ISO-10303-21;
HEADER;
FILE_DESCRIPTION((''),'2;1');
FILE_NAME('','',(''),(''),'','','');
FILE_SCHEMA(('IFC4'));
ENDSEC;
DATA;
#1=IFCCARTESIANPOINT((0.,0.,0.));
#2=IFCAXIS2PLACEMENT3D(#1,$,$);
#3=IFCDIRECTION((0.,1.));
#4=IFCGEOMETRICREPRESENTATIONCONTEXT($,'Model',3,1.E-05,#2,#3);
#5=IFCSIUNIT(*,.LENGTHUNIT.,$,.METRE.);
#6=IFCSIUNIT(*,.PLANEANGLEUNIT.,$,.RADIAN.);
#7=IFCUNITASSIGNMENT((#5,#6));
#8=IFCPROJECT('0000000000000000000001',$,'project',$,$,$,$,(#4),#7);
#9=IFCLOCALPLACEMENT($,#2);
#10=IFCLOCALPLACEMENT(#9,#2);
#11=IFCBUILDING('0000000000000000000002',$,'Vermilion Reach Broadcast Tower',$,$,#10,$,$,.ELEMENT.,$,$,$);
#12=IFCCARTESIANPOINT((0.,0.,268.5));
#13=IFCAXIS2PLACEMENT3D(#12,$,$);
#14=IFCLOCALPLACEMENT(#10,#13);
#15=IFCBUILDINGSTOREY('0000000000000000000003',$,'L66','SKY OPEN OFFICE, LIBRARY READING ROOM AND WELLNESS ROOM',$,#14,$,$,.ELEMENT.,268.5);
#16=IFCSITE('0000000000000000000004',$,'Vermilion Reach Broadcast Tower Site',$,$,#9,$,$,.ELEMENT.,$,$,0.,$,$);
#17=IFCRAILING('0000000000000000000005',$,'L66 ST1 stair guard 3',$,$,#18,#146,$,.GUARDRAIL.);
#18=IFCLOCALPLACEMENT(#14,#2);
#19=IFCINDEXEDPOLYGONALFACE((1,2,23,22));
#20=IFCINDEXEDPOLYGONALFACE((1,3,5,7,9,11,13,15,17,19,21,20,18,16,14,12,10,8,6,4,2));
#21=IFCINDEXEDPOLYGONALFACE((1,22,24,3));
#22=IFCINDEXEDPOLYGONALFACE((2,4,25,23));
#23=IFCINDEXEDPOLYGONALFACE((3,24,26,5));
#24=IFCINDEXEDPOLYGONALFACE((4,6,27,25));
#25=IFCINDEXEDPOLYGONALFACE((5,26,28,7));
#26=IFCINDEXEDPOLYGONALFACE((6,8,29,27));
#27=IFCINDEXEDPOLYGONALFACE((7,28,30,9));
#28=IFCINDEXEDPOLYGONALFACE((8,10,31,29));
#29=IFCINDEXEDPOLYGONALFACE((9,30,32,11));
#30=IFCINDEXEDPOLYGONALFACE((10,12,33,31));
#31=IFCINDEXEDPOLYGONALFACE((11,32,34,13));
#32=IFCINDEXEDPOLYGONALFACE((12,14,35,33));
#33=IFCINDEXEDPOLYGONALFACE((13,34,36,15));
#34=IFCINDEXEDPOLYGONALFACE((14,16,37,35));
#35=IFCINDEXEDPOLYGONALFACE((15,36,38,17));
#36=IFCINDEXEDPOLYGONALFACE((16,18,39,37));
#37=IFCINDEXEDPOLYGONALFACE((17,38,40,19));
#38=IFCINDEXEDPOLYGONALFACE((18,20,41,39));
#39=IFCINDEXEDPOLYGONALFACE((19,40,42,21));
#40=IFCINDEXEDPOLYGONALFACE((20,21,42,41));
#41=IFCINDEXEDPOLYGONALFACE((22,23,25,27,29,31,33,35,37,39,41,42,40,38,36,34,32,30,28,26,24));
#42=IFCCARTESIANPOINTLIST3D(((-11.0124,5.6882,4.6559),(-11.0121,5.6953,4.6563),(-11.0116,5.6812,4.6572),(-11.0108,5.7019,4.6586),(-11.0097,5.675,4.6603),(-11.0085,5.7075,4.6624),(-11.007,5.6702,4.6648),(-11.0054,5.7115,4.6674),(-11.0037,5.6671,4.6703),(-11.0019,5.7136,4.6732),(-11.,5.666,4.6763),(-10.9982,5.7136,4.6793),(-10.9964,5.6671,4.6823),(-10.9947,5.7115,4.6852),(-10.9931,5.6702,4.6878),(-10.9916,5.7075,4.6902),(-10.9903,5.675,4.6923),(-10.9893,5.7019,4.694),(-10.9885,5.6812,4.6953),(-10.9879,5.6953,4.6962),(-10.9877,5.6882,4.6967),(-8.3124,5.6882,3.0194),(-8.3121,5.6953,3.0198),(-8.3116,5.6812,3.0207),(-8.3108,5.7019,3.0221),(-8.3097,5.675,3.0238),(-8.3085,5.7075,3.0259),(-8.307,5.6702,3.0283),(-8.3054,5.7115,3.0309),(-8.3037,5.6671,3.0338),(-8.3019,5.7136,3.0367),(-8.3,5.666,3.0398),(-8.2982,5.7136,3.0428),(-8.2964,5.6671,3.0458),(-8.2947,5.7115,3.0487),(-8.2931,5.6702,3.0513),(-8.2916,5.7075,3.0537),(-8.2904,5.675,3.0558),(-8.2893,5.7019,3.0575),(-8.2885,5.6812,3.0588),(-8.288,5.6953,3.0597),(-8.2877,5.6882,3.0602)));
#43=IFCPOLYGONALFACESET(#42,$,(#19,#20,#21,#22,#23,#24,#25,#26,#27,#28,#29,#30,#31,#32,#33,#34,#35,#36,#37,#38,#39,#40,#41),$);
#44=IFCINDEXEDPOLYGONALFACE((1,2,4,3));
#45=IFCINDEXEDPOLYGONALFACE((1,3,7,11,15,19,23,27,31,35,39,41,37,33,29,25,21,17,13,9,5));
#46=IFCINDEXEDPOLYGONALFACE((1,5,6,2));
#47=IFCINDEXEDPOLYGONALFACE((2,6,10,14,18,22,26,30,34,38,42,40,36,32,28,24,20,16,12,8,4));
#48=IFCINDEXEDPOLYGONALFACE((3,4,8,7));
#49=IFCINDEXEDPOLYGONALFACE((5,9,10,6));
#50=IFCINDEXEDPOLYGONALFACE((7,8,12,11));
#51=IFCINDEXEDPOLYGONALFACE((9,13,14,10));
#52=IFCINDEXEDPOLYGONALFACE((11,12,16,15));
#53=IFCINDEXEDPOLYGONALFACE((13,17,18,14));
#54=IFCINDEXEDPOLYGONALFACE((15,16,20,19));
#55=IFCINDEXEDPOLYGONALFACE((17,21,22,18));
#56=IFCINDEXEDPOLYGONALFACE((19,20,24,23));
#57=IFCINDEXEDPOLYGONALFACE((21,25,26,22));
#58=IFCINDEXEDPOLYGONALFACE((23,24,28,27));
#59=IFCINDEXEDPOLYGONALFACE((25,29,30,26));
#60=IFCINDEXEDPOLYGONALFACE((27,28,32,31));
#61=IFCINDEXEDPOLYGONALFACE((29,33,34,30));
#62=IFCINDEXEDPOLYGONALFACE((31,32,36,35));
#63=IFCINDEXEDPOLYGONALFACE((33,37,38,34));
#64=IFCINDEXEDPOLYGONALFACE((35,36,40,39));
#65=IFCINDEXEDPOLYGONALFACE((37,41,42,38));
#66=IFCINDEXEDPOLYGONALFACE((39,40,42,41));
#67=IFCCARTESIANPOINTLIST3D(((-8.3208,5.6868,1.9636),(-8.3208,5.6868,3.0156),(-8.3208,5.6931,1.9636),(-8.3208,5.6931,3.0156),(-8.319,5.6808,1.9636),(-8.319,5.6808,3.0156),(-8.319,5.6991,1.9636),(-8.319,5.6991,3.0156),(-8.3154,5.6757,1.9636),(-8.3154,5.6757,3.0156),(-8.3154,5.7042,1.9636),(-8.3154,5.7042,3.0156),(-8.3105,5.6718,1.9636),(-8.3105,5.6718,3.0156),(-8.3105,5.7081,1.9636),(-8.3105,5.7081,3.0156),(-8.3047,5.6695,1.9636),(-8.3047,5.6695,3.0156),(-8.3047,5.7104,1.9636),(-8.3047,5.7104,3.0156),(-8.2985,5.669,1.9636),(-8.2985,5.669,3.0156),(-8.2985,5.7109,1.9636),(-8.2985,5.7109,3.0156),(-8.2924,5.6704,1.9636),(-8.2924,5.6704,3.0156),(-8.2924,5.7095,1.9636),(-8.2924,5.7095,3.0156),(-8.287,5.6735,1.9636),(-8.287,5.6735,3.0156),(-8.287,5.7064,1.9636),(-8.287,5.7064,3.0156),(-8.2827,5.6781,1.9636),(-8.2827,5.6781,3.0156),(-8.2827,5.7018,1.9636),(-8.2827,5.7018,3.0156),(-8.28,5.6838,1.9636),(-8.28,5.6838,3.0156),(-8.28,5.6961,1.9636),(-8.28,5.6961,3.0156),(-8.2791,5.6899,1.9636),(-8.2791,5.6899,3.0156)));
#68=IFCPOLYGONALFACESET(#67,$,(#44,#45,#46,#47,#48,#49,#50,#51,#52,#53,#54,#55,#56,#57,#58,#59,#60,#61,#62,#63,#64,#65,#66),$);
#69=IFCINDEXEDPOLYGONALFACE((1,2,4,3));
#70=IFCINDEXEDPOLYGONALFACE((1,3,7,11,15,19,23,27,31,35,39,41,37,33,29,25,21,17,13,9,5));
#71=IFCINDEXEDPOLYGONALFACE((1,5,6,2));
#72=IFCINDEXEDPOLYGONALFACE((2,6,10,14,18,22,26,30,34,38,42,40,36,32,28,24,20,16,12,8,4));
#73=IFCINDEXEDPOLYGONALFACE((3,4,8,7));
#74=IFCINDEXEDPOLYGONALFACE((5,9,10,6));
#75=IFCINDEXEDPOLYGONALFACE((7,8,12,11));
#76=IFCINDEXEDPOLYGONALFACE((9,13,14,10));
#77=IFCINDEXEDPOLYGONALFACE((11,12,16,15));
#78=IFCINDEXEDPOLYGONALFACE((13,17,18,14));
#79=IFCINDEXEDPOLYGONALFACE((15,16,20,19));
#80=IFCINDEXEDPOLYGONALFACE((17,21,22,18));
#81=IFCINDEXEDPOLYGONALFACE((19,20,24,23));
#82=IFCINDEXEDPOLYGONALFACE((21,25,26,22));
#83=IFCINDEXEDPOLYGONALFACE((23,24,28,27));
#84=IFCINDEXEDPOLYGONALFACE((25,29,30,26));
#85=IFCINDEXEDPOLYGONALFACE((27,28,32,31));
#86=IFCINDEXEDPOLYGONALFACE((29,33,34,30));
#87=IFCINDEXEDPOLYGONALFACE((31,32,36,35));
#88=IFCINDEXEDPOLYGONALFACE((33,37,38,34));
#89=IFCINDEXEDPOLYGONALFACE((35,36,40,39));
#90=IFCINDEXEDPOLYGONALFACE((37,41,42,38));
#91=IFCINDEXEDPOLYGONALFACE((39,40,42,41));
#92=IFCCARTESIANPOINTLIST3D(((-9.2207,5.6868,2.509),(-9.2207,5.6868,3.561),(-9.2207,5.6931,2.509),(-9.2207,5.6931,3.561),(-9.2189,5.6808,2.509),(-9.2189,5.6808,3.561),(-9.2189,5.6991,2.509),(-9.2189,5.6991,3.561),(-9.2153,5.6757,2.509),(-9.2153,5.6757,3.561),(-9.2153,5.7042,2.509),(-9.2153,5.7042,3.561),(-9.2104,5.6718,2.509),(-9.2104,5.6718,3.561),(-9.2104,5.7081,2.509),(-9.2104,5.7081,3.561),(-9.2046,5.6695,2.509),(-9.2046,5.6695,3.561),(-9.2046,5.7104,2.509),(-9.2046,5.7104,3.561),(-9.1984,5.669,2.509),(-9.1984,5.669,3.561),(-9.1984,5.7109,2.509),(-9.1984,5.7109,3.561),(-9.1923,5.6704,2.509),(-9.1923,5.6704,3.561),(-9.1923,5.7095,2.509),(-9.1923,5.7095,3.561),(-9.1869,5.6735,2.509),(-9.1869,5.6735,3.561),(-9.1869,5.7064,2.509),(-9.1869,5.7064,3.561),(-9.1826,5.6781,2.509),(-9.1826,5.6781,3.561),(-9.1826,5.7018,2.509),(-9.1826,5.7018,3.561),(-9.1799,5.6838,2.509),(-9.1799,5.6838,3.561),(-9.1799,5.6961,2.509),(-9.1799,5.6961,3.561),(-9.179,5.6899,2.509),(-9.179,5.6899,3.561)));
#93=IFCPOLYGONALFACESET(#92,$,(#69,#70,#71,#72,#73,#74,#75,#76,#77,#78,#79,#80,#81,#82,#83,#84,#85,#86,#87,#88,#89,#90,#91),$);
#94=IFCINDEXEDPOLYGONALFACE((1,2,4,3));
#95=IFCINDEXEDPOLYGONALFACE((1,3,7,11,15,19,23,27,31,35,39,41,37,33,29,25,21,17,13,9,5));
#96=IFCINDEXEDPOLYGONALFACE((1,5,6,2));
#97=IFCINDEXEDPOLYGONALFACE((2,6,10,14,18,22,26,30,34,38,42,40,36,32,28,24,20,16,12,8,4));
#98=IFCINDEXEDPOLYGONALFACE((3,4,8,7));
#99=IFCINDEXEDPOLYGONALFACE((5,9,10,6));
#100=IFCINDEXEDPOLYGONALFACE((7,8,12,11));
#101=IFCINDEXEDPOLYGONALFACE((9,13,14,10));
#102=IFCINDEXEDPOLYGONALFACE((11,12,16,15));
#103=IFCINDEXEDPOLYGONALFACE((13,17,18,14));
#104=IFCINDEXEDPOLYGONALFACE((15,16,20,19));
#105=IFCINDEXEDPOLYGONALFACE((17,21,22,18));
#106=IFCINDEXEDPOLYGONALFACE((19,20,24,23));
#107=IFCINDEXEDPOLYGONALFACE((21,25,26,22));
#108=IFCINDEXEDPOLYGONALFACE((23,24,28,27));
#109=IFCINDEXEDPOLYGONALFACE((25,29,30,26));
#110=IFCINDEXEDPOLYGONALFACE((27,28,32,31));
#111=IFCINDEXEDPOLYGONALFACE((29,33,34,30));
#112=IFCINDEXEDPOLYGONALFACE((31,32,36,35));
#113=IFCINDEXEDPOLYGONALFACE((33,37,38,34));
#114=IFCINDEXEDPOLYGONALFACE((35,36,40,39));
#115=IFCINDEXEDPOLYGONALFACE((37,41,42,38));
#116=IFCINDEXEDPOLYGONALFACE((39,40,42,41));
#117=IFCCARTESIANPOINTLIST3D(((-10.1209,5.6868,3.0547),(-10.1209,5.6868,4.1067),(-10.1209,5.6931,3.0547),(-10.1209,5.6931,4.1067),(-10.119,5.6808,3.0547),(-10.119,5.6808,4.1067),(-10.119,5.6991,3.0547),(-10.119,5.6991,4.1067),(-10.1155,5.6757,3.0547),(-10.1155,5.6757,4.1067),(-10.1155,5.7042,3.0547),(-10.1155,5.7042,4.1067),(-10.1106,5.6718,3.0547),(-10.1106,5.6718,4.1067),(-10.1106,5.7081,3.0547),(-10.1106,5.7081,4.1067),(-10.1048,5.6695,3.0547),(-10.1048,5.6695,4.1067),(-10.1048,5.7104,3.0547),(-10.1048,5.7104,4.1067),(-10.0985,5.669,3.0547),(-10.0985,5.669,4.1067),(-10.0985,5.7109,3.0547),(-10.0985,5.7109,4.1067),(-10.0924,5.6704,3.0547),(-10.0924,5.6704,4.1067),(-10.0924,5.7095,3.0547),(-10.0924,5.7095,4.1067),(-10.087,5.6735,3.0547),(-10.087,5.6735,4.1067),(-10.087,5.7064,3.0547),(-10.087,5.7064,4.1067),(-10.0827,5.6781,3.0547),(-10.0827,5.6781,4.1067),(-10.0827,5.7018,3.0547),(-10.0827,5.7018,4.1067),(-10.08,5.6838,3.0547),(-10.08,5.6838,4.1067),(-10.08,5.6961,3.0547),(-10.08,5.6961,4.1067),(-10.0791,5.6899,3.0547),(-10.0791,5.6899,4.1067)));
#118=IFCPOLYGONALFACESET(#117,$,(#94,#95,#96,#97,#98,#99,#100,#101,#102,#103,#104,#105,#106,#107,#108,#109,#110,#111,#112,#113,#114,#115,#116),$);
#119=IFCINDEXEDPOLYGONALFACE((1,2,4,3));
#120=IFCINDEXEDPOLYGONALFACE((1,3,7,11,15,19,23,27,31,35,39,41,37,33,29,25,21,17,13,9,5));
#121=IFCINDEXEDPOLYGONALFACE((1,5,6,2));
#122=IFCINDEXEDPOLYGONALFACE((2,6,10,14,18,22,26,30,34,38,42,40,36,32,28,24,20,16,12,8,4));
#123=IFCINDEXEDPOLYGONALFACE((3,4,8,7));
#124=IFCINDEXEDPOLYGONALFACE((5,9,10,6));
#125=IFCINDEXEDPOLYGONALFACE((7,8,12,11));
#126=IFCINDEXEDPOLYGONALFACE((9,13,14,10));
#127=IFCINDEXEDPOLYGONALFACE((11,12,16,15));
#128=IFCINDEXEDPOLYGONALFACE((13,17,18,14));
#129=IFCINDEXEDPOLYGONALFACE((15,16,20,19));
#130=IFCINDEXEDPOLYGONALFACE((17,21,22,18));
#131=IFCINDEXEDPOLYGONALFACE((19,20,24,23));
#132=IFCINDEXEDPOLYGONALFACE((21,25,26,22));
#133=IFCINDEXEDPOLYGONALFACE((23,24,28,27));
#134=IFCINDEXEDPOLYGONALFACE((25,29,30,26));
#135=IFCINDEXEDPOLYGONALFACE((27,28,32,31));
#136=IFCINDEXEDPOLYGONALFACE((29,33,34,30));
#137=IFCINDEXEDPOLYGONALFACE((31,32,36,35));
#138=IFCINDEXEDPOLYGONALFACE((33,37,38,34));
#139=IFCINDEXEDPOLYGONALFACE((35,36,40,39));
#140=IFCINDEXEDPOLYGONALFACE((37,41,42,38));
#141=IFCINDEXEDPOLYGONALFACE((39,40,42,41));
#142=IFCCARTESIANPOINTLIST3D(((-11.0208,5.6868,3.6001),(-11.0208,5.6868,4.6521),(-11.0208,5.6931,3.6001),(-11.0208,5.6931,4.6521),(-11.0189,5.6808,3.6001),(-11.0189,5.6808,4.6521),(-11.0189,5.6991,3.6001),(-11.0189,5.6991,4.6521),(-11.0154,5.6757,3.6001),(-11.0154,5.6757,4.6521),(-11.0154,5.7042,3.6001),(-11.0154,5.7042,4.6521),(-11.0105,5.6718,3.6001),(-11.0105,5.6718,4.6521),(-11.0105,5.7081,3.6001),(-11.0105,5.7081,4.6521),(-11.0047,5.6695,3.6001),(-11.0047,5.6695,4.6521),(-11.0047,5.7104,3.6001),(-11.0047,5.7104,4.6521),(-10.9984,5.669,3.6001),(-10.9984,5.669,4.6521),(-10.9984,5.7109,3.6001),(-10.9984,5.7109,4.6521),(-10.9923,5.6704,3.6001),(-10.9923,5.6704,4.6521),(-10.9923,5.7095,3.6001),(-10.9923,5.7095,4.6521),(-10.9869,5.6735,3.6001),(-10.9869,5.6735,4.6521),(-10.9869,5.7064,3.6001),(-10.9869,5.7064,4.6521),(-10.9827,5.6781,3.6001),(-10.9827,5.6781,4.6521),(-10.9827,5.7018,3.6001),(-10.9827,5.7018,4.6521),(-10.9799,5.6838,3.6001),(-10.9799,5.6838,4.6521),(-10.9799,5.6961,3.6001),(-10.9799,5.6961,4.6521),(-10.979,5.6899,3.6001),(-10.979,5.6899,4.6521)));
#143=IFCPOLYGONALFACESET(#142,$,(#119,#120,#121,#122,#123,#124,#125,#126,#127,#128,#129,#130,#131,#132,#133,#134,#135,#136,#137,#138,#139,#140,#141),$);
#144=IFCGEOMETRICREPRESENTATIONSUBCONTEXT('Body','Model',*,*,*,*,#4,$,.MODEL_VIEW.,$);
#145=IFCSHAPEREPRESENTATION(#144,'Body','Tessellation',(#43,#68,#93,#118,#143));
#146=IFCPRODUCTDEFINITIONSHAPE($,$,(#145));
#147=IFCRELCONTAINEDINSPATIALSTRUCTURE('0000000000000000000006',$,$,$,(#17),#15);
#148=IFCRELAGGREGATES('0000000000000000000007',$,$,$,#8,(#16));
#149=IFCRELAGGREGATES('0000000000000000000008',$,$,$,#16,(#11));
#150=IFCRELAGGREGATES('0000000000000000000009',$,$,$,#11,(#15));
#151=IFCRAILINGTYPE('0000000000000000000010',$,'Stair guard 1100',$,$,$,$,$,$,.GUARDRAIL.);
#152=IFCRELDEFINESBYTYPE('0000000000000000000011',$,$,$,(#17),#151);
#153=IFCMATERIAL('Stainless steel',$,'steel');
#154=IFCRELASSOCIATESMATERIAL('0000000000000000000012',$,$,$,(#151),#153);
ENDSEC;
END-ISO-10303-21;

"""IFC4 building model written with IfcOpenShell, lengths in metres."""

from ifc_helpers import new_model, si_unit, direction, frame, origin, origin_2d, place, context, subcontext, project, spatial, circle, extrude, material, type_object, element, save


model = new_model("IFC4")

# Units and contexts
model_context = context("Model", 3, precision=1e-05, world=origin(), true_north=direction((0.0, 1.0)))
body_context = subcontext(model_context, "Body", "Model", "MODEL_VIEW")
ifc_project = project(units=[si_unit("LENGTHUNIT", "METRE"), si_unit("PLANEANGLEUNIT", "RADIAN")], contexts=[model_context])

# Site, building, storey
site_placement = place(None, origin())
site = spatial("IfcSite", under=ifc_project, at=site_placement, Name="Vermilion Reach Broadcast Tower Site", CompositionType="ELEMENT", RefElevation=0.0)
building_placement = place(site_placement, origin())
building = spatial("IfcBuilding", under=site, at=building_placement, Name="Vermilion Reach Broadcast Tower", CompositionType="ELEMENT")
storey_placement = place(building_placement, frame((0.0, 0.0, 268.5)))
storey = spatial("IfcBuildingStorey", under=building, at=storey_placement, Name="L66", Description="SKY OPEN OFFICE, LIBRARY READING ROOM AND WELLNESS ROOM", CompositionType="ELEMENT", Elevation=268.5)

# Railing
ifc_material_1 = material(Name="Stainless steel", Category="steel")
railing_type_1 = type_object("IfcRailingType", Name="Stair guard 1100", PredefinedType="GUARDRAIL", material=ifc_material_1)
railing_1_placement = place(storey_placement, frame((-8.3, 5.6899, 1.9636)))
element("IfcRailing", 1, at=railing_1_placement, inside=storey, type_object=railing_type_1, Name="L66 ST1 stair guard 3", PredefinedType="GUARDRAIL", context=body_context, shape_type="SweptSolid", body=[
    extrude(circle(Radius=0.0239, at=origin_2d()), frame((0.0, 0.0, 1.0762), z_axis=(-0.855178, 0.0, 0.518334), x_axis=(0.0, -1.0, 0.0)), (0.0, 0.0, 1.0), 3.1572),
    extrude(circle(Radius=0.021, at=origin_2d()), origin(), (0.0, 0.0, 1.0), 1.052),
    extrude(circle(Radius=0.021, at=origin_2d()), frame((-0.8999, 0.0, 0.5454)), (0.0, 0.0, 1.0), 1.052),
    extrude(circle(Radius=0.021, at=origin_2d()), frame((-1.8, 0.0, 1.0911)), (0.0, 0.0, 1.0), 1.052),
    extrude(circle(Radius=0.021, at=origin_2d()), frame((-2.7, 0.0, 1.6365)), (0.0, 0.0, 1.0), 1.052),
])

save(model, "model.ifc")
